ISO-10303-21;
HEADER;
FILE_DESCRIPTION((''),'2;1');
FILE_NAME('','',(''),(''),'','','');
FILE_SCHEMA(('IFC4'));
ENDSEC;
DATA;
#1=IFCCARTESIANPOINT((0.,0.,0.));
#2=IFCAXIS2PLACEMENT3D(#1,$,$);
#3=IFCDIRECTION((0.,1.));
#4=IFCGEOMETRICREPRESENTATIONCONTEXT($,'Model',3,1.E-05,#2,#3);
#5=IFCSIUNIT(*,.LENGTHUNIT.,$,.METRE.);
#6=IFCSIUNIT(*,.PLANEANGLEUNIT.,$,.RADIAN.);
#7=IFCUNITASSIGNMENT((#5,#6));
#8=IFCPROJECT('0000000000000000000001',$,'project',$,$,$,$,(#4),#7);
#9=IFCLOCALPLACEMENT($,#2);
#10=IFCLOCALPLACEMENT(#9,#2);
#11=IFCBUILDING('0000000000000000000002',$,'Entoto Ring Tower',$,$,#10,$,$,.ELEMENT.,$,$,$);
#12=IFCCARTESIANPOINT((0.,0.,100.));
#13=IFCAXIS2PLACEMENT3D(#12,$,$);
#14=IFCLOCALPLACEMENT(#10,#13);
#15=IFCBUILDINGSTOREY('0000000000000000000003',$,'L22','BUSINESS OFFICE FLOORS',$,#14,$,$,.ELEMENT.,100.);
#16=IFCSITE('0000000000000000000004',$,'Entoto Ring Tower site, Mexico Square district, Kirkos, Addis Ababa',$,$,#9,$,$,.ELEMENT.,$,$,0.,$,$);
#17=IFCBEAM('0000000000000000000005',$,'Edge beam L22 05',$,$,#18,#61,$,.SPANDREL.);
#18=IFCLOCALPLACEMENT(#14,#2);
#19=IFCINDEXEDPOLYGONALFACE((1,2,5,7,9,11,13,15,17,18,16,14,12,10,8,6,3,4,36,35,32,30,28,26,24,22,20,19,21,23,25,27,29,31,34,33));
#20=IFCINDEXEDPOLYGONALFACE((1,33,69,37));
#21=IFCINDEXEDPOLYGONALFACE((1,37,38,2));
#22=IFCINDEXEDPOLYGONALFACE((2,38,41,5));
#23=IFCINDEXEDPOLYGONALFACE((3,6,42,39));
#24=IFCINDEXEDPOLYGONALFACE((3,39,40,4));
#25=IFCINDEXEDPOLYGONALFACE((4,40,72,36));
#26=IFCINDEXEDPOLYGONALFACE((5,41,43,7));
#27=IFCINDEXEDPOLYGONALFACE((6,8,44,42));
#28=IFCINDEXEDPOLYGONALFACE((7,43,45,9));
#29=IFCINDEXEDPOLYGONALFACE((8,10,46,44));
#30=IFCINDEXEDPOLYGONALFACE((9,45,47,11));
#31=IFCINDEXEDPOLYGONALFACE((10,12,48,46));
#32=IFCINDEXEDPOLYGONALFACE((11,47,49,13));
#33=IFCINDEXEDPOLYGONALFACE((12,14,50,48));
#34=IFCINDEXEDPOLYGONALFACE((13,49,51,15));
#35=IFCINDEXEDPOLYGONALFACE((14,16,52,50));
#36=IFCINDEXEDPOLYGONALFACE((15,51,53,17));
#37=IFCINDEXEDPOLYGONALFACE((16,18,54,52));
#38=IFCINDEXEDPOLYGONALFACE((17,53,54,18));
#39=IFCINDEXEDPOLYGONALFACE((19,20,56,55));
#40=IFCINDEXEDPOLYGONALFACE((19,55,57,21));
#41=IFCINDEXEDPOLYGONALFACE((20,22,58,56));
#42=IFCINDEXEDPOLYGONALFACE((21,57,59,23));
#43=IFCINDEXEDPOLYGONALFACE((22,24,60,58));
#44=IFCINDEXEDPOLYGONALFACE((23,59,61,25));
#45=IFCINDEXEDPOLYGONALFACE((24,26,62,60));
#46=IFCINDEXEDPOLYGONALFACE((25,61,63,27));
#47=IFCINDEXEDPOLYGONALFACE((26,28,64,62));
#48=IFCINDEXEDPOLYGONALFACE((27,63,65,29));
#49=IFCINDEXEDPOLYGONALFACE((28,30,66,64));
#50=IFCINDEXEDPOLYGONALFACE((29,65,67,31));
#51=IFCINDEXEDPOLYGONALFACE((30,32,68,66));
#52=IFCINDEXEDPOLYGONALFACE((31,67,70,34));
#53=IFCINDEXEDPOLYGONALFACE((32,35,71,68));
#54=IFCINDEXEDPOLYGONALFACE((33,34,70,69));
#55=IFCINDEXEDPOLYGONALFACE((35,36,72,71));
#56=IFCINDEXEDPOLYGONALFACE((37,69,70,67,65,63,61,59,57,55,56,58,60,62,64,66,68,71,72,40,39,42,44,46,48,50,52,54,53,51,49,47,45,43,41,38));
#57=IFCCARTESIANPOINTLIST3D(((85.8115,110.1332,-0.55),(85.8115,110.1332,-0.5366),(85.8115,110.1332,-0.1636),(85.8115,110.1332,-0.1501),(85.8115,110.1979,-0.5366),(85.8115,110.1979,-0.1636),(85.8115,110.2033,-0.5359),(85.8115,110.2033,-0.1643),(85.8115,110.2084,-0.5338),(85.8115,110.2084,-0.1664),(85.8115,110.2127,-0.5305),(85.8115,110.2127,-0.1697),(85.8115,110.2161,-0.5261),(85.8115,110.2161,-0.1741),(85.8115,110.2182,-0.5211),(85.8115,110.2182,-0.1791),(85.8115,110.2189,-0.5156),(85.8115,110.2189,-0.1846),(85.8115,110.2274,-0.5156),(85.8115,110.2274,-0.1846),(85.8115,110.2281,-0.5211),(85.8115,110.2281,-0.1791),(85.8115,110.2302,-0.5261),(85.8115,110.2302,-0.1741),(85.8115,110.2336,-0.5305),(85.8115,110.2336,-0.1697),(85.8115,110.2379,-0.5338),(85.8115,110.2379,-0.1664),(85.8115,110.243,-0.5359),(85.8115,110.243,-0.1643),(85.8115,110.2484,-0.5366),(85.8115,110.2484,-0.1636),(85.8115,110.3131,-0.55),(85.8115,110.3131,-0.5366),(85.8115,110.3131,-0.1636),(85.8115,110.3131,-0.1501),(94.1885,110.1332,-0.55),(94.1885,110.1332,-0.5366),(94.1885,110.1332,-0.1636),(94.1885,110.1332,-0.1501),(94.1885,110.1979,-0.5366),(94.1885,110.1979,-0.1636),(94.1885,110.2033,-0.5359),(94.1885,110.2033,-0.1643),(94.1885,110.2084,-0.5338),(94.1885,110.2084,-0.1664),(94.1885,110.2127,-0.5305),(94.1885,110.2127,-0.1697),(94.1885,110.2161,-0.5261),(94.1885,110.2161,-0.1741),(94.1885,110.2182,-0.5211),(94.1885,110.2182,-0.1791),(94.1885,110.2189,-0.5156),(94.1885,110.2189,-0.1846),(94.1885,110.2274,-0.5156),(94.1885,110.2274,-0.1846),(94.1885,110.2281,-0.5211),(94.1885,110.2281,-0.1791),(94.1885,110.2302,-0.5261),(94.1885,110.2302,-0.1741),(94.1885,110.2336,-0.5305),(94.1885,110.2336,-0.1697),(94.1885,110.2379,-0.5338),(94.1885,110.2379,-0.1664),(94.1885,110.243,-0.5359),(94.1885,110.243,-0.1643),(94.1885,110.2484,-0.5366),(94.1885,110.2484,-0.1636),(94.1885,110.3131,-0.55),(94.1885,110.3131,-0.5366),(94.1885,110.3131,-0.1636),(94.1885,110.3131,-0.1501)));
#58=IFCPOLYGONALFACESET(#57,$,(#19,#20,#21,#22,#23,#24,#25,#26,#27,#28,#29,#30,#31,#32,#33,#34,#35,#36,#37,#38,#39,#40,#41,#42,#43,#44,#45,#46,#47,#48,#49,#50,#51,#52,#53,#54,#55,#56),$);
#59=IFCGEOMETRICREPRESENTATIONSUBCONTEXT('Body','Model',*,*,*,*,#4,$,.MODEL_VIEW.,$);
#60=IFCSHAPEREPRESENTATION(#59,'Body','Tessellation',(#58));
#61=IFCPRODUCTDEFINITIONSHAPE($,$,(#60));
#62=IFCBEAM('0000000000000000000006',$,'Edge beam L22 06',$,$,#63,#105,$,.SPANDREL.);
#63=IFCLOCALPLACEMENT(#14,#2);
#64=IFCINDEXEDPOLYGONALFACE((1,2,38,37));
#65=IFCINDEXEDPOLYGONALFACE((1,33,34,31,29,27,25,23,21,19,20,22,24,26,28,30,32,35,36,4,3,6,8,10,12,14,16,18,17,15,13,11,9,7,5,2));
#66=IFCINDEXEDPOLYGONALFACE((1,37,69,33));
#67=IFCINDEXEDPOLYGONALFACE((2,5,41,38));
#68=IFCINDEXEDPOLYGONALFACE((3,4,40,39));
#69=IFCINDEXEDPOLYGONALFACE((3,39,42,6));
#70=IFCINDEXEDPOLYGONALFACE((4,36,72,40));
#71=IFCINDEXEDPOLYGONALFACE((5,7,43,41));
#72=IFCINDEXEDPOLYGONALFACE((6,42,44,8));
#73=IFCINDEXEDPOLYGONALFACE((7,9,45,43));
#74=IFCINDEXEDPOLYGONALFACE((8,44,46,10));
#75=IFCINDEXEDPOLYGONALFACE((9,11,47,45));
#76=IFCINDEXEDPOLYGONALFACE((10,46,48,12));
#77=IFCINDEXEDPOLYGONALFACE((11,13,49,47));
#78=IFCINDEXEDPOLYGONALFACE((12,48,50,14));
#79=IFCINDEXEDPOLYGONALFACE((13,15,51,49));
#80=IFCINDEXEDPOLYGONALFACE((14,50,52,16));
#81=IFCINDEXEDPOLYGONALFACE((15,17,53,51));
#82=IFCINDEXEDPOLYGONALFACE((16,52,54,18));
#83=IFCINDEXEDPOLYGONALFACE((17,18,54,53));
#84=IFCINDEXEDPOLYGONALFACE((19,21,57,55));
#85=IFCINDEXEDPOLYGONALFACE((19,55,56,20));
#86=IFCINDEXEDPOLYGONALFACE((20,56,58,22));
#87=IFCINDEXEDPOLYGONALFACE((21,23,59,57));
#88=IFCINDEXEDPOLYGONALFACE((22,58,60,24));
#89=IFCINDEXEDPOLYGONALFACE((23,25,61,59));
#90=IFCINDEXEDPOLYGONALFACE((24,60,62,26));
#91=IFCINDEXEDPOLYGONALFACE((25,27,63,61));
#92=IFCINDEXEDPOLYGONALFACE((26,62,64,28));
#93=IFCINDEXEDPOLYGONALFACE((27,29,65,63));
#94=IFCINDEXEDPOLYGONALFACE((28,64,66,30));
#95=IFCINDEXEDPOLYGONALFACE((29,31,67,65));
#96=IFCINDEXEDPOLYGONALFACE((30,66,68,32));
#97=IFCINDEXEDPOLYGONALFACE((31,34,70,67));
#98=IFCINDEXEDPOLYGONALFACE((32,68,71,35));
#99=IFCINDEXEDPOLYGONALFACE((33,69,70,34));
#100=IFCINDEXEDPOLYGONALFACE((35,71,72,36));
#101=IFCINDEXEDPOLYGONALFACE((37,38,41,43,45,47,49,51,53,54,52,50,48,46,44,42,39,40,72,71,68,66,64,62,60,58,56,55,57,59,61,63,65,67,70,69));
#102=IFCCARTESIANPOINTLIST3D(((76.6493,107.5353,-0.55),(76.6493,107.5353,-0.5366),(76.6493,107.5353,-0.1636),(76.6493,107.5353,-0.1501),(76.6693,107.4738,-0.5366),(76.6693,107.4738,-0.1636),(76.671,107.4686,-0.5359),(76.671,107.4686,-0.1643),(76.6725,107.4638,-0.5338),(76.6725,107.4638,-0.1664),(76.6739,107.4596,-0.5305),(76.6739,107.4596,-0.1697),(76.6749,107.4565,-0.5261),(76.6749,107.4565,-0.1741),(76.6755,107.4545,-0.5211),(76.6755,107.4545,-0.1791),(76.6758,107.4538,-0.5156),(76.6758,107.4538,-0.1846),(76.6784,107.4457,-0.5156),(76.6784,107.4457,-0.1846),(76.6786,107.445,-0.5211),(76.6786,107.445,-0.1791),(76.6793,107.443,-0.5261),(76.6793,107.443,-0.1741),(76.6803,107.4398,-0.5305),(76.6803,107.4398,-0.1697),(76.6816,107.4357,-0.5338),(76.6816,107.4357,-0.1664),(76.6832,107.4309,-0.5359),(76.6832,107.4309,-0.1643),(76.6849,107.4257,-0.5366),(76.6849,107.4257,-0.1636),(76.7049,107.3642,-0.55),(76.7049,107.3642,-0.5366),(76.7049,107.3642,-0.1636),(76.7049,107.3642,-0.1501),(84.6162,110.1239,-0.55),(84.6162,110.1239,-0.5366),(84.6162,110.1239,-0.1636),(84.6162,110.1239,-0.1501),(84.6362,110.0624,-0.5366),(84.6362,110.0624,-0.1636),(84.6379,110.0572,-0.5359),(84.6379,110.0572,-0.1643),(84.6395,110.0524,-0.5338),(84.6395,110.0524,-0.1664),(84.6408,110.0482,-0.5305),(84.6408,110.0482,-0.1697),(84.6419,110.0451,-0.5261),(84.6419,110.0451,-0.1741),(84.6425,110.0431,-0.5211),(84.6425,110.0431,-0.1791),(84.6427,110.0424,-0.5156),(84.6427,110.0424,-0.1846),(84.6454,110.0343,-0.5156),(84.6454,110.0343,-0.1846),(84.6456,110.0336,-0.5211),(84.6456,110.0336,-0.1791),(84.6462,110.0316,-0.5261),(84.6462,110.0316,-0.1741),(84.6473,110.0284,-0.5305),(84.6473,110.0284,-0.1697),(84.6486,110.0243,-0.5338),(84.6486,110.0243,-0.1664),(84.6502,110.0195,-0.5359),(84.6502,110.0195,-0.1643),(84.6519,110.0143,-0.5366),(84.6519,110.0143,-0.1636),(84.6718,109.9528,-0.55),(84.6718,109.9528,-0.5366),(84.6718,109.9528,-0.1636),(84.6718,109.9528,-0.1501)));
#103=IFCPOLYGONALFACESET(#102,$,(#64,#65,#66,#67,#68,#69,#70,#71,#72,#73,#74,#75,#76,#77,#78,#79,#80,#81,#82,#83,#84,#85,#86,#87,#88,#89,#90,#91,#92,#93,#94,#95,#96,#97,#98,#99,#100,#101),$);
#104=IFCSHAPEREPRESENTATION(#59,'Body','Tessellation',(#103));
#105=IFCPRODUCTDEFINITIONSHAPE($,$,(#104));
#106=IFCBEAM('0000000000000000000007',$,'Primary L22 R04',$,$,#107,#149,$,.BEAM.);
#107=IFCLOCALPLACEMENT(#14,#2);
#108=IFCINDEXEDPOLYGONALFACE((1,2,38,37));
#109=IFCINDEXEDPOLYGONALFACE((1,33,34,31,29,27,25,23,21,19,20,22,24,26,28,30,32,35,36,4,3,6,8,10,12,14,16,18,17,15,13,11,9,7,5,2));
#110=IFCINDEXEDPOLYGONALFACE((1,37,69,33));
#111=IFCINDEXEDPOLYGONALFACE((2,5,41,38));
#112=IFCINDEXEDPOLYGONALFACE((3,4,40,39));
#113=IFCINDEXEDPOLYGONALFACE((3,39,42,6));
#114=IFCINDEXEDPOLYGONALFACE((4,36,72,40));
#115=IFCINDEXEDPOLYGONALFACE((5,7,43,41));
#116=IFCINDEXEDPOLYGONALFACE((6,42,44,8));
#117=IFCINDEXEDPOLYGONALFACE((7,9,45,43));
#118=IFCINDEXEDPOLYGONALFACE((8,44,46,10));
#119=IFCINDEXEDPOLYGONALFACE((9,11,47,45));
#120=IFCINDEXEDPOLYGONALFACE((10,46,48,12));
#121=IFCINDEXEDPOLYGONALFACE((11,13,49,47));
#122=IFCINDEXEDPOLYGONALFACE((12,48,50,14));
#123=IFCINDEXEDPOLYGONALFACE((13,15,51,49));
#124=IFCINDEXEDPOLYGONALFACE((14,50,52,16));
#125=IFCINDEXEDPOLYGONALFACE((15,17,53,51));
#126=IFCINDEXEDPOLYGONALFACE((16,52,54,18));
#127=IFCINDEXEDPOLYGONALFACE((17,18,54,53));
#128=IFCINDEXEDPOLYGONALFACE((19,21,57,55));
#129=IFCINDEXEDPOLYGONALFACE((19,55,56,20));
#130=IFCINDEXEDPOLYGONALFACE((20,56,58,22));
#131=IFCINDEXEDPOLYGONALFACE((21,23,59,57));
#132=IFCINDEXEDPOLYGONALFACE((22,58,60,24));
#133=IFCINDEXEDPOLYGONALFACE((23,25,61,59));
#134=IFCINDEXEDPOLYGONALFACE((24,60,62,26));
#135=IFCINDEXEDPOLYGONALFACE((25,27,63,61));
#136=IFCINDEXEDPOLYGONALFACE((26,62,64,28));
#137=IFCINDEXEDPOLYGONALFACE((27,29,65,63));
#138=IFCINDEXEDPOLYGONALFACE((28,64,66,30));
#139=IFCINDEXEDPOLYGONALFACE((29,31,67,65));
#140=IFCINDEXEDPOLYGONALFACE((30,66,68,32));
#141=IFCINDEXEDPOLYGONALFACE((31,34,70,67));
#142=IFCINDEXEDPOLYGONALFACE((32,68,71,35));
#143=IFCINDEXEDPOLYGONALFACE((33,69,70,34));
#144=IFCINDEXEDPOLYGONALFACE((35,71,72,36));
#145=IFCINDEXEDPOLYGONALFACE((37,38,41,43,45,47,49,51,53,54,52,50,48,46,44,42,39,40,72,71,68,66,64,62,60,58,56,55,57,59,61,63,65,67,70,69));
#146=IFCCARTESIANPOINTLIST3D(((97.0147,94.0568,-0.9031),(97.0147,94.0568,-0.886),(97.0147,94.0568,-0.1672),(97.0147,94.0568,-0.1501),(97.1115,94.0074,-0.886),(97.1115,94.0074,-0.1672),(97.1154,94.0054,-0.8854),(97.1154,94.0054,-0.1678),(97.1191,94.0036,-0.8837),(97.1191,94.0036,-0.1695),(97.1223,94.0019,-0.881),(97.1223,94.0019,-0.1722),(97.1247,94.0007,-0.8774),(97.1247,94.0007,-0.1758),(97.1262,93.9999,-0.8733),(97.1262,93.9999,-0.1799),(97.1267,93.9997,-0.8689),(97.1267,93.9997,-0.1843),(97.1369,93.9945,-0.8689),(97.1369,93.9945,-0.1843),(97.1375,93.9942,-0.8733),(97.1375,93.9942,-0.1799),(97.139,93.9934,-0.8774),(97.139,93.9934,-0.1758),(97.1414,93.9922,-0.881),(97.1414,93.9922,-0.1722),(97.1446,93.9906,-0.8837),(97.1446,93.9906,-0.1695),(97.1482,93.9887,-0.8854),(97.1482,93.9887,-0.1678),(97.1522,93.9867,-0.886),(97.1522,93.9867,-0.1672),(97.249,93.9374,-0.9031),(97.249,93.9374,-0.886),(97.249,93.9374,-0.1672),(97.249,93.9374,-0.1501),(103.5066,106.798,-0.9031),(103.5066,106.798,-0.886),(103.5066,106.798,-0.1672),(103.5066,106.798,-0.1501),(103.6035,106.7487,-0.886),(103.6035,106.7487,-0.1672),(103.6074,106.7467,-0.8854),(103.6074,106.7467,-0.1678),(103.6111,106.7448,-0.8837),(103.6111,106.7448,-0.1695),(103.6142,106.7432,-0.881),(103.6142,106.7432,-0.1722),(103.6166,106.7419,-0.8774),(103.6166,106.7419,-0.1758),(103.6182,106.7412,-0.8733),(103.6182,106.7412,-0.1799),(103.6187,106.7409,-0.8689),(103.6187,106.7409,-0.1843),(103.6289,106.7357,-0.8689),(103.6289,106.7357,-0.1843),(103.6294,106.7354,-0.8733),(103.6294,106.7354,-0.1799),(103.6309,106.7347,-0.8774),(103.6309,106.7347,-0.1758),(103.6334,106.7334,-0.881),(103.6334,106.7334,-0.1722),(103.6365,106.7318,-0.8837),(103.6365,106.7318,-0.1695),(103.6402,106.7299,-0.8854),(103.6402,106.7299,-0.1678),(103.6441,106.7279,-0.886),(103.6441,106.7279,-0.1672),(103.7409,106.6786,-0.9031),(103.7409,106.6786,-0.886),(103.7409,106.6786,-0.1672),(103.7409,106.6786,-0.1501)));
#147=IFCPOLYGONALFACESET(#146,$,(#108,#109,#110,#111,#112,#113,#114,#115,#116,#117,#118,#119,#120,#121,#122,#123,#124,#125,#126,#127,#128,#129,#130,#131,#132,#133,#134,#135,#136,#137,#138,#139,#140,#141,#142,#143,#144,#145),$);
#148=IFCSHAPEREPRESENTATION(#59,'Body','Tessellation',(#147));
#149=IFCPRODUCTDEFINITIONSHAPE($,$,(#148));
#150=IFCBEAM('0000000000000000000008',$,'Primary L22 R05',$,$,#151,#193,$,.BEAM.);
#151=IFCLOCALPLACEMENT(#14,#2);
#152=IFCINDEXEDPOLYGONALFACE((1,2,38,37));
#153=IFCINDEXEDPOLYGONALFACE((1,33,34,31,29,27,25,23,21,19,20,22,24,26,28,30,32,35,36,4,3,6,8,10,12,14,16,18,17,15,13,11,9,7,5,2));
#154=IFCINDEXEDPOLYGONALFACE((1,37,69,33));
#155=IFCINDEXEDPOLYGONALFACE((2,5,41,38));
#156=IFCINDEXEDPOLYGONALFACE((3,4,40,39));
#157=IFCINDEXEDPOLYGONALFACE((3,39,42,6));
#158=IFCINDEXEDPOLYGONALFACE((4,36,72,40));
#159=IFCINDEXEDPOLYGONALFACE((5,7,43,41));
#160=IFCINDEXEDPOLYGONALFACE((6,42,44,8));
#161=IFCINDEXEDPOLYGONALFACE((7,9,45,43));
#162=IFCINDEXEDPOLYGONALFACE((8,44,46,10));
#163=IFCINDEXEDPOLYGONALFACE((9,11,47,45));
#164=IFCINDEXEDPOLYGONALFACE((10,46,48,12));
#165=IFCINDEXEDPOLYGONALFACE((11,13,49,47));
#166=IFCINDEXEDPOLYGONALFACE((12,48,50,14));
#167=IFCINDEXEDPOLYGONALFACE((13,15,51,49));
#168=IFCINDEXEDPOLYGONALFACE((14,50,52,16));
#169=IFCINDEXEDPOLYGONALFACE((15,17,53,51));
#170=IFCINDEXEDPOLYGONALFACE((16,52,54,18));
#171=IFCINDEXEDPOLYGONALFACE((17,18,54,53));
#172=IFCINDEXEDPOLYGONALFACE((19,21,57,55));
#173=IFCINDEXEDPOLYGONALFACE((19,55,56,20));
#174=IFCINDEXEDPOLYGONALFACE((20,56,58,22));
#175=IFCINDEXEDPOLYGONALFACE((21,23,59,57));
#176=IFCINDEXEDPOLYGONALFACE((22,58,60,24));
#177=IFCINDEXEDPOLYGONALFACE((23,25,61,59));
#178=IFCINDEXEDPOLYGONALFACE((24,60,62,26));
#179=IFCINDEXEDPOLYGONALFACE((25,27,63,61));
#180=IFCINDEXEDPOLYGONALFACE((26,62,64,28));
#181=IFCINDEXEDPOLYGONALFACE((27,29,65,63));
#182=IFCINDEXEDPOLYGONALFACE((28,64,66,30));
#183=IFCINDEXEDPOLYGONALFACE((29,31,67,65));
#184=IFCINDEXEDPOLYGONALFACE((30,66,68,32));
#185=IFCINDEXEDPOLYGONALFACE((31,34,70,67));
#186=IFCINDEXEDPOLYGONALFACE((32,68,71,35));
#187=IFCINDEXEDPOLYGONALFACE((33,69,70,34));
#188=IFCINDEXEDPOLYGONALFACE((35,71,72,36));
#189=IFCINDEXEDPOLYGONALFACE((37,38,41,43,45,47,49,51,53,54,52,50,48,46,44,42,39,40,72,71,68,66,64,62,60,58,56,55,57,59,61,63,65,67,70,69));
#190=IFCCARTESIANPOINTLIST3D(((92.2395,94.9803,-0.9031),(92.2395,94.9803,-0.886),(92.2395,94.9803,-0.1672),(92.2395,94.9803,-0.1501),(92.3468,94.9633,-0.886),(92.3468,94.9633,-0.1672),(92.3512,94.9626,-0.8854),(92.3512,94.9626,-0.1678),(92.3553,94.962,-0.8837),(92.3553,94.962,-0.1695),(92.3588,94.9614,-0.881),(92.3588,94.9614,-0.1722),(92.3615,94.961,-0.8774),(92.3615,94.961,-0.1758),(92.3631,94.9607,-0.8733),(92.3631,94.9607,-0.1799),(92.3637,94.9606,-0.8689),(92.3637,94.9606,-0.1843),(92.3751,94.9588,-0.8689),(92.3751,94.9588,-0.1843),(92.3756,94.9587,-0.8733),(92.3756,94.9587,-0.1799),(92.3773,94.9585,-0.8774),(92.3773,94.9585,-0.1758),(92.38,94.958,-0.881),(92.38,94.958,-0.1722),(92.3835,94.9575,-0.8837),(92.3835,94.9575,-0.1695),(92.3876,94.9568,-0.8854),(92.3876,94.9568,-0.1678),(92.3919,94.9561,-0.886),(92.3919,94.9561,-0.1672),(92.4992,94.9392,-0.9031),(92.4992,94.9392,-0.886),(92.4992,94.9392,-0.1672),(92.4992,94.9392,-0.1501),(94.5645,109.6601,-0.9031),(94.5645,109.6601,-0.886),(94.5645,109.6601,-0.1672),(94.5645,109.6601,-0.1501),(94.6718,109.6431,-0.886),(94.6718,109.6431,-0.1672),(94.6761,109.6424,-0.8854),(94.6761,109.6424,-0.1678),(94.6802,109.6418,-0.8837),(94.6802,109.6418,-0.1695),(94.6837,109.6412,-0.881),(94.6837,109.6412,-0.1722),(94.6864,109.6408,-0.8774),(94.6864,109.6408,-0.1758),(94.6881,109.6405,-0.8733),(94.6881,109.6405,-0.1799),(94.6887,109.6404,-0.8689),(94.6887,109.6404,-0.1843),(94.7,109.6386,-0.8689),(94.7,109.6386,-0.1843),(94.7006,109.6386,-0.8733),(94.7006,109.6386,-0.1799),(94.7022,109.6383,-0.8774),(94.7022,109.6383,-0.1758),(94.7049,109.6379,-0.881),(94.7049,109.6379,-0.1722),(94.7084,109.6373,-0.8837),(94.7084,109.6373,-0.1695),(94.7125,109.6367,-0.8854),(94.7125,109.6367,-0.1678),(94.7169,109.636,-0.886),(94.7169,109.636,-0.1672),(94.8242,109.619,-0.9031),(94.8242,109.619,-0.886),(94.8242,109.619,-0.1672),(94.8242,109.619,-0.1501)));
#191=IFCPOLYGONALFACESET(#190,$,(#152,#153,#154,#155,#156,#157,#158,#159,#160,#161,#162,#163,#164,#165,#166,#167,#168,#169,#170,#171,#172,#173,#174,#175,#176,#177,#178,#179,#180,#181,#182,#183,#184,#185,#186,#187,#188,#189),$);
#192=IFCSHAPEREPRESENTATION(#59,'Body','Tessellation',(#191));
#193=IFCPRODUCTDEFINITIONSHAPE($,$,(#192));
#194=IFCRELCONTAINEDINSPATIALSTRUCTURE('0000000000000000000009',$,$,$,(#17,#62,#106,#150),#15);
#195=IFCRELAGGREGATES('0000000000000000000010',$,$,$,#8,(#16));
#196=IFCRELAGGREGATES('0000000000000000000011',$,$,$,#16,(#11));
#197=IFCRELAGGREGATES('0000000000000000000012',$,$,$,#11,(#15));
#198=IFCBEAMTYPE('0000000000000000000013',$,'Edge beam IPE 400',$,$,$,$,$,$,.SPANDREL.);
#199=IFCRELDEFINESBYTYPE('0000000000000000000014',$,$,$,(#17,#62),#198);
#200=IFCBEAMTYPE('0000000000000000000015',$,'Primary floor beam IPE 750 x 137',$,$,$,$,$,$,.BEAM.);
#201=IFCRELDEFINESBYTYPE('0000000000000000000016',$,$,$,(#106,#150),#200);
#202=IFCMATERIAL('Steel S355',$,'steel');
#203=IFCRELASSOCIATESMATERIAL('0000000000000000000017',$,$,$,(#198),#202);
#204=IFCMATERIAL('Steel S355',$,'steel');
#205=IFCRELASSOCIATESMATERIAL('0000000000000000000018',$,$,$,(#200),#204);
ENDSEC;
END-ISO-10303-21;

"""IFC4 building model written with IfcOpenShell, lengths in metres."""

from ifc_helpers import new_model, si_unit, direction, frame, origin, origin_2d, place, context, subcontext, project, spatial, i_section, extrude, material, material_profile, profile_set, type_object, element, save


model = new_model("IFC4")

# Units and contexts
model_context = context("Model", 3, precision=1e-05, world=origin(), true_north=direction((0.0, 1.0)))
body_context = subcontext(model_context, "Body", "Model", "MODEL_VIEW")
ifc_project = project(units=[si_unit("LENGTHUNIT", "METRE"), si_unit("PLANEANGLEUNIT", "RADIAN")], contexts=[model_context])

# Site, building, storey
site_placement = place(None, origin())
site = spatial("IfcSite", under=ifc_project, at=site_placement, Name="Entoto Ring Tower site, Mexico Square district, Kirkos, Addis Ababa", CompositionType="ELEMENT", RefElevation=0.0)
building_placement = place(site_placement, origin())
building = spatial("IfcBuilding", under=site, at=building_placement, Name="Entoto Ring Tower", CompositionType="ELEMENT")
storey_placement = place(building_placement, frame((0.0, 0.0, 100.0)))
storey = spatial("IfcBuildingStorey", under=building, at=storey_placement, Name="L22", Description="BUSINESS OFFICE FLOORS", CompositionType="ELEMENT", Elevation=100.0)

# Beams
ifc_material_1 = material(Name="Steel S355", Category="steel")
ifc_material_profile_1 = material_profile(ifc_material_1, i_section(OverallWidth=0.1799, OverallDepth=0.3999, WebThickness=0.0085, FlangeThickness=0.0134, FilletRadius=0.021, at=origin_2d()), Name="IPE 400")
ifc_profile_set_1 = profile_set([ifc_material_profile_1], Name="Steel S355")
beam_type_1 = type_object("IfcBeamType", Name="Edge beam IPE 400", PredefinedType="SPANDREL", material=ifc_profile_set_1)
for number, where, z_axis, x_axis, name in (
    (1, (94.1885, 110.2231, -0.3501), (-1.0, 0.0, 0.0), (0.0, -1.0, 0.0), "Edge beam L22 05"),
    (2, (84.644, 110.0383, -0.3501), (-0.951057, -0.309014, 0.0), (0.309014, -0.951057, 0.0), "Edge beam L22 06"),
):
    element("IfcBeam", number, at=place(storey_placement, frame(where, z_axis=z_axis, x_axis=x_axis)), inside=storey, type_object=beam_type_1, Name=name, PredefinedType="SPANDREL", context=body_context, shape_type="SweptSolid", body=[
        extrude(i_section(OverallWidth=0.1799, OverallDepth=0.3999, WebThickness=0.0085, FlangeThickness=0.0134, FilletRadius=0.021, at=origin_2d()), origin(), (0.0, 0.0, 1.0), 8.377),
    ])
ifc_material_2 = material(Name="Steel S355", Category="steel")
ifc_material_profile_2 = material_profile(ifc_material_2, i_section(OverallWidth=0.2629, OverallDepth=0.7529, WebThickness=0.0115, FlangeThickness=0.0171, FilletRadius=0.0171, at=origin_2d()), Name="IPE 750 x 137")
ifc_profile_set_2 = profile_set([ifc_material_profile_2], Name="Steel S355")
beam_type_2 = type_object("IfcBeamType", Name="Primary floor beam IPE 750 x 137", PredefinedType="BEAM", material=ifc_profile_set_2)
beam_1_placement = place(storey_placement, frame((97.1318, 93.9971, -0.5266), z_axis=(0.453989, 0.891007, 0.0), x_axis=(-0.891007, 0.453989, 0.0)))
element("IfcBeam", 3, at=beam_1_placement, inside=storey, type_object=beam_type_2, Name="Primary L22 R04", PredefinedType="BEAM", context=body_context, shape_type="SweptSolid", body=[
    extrude(i_section(OverallWidth=0.2629, OverallDepth=0.7529, WebThickness=0.0115, FlangeThickness=0.0171, FilletRadius=0.0171, at=origin_2d()), origin(), (0.0, 0.0, 1.0), 14.2998),
])
for number, where, z_axis, x_axis, name in (
    (4, (92.3694, 94.9597, -0.5266), (0.156426, 0.98769, 0.0), (-0.98769, 0.156426, 0.0), "Primary L22 R05"),
):
    element("IfcBeam", number, at=place(storey_placement, frame(where, z_axis=z_axis, x_axis=x_axis)), inside=storey, type_object=beam_type_2, Name=name, PredefinedType="BEAM", context=body_context, shape_type="SweptSolid", body=[
        extrude(i_section(OverallWidth=0.2629, OverallDepth=0.7529, WebThickness=0.0115, FlangeThickness=0.0171, FilletRadius=0.0171, at=origin_2d()), origin(), (0.0, 0.0, 1.0), 14.8628),
    ])

save(model, "model.ifc")
